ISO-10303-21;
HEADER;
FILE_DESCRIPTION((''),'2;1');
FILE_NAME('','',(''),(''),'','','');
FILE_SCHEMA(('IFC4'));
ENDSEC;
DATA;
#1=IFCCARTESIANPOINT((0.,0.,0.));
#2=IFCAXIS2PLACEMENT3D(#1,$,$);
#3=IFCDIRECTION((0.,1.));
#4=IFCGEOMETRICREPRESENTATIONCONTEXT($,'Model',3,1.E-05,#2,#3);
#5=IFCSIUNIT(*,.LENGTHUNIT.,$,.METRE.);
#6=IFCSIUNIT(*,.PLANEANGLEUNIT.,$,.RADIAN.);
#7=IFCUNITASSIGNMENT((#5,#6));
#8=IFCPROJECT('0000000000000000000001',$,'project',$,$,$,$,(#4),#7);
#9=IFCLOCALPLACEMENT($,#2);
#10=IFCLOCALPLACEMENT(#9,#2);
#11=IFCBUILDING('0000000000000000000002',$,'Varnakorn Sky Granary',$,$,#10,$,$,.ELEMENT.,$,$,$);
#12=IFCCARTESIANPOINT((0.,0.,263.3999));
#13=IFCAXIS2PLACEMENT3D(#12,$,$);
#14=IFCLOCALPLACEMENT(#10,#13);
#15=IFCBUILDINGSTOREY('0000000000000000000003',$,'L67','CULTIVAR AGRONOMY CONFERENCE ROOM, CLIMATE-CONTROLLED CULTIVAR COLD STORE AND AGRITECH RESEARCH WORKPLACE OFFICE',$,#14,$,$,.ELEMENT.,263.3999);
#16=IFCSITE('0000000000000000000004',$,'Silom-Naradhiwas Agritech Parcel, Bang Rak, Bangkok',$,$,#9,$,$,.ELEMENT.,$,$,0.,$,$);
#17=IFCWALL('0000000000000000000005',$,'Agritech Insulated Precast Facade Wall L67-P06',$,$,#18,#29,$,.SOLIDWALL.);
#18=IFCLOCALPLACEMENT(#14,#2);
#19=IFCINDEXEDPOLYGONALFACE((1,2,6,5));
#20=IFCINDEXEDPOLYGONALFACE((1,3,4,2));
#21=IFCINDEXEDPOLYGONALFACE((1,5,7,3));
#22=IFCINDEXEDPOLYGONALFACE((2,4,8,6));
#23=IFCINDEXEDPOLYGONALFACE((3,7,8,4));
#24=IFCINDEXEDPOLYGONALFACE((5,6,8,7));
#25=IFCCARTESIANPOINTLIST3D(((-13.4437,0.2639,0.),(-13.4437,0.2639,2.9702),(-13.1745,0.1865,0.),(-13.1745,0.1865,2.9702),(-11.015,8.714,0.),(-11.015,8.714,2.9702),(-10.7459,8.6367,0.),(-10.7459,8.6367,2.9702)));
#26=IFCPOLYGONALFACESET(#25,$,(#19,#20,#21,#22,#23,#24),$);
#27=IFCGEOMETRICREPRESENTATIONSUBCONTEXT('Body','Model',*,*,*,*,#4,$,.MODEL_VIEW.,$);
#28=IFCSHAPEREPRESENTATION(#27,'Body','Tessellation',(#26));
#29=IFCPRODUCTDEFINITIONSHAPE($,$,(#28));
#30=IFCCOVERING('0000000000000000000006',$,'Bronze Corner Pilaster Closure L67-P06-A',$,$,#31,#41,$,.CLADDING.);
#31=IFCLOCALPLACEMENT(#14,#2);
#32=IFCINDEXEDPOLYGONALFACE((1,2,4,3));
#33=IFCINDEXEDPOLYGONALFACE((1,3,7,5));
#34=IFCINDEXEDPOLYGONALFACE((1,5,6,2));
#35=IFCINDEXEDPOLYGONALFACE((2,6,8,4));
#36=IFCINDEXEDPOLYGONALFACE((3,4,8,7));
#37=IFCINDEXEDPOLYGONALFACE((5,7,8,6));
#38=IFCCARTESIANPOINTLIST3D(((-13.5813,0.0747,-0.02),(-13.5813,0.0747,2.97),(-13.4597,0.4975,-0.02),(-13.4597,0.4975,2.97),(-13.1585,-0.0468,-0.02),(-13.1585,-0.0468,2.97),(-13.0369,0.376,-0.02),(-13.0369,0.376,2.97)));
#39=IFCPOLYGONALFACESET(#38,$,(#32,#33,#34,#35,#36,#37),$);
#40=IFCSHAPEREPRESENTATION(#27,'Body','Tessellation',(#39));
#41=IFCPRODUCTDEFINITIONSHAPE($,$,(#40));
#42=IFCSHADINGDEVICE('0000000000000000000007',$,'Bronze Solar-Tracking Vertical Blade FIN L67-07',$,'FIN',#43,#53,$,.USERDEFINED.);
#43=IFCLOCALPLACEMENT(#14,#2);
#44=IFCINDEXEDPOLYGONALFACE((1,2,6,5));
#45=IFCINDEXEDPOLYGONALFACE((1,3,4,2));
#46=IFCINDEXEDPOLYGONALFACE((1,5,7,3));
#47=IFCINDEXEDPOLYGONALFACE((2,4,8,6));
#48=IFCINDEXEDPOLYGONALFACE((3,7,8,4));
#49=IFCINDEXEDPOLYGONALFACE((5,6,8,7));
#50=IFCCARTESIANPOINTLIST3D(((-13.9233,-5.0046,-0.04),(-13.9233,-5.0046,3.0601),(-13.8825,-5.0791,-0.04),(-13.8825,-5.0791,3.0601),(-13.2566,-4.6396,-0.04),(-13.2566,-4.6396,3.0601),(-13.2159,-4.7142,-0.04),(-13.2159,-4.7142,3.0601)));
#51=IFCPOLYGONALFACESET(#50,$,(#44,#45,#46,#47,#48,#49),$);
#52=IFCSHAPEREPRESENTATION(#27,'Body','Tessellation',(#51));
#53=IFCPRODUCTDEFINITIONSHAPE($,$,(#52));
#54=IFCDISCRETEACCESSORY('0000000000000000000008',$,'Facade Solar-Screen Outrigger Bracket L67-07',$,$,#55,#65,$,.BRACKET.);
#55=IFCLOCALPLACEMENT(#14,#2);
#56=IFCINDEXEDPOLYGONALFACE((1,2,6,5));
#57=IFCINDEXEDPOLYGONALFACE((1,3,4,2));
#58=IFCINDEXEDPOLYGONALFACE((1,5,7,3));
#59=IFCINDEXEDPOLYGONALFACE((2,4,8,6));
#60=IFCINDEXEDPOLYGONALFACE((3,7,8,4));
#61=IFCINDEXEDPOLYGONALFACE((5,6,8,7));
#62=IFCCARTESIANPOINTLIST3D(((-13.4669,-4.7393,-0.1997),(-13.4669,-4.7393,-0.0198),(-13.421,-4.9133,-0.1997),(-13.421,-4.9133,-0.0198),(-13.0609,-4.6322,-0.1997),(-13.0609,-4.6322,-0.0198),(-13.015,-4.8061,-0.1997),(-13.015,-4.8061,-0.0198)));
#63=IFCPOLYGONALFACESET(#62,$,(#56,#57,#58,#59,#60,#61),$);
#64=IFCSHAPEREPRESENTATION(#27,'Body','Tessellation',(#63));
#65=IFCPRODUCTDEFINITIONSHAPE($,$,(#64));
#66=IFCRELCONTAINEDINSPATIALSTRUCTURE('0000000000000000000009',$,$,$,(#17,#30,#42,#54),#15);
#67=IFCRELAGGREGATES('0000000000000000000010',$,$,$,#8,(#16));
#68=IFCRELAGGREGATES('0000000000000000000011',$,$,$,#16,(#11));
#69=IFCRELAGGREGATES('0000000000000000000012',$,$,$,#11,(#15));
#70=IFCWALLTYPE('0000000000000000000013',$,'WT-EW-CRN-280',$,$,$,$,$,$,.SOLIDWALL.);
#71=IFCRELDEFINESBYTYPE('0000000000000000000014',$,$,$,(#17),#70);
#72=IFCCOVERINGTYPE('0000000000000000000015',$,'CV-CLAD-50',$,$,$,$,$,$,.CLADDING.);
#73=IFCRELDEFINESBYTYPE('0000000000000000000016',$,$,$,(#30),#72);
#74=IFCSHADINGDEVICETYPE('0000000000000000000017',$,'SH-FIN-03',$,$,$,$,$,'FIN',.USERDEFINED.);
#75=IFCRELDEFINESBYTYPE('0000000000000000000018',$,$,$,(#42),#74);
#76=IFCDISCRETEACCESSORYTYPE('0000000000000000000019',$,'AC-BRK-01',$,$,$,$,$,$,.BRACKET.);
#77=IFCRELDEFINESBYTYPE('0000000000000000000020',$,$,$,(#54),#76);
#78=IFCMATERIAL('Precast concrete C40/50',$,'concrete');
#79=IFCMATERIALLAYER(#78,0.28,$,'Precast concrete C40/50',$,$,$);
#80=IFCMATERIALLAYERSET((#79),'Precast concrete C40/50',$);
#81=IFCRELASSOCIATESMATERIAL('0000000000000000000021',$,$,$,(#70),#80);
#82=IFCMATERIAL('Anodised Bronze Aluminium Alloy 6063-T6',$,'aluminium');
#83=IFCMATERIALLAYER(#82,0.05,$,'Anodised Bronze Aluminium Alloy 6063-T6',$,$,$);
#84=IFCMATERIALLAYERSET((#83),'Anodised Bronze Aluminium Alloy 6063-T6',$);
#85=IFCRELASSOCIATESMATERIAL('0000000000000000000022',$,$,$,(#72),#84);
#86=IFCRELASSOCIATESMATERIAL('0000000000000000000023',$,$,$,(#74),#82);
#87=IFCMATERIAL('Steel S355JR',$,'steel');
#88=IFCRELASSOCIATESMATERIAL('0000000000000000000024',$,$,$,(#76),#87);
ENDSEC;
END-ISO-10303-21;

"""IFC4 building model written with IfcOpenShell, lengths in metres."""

from ifc_helpers import new_model, si_unit, direction, frame, frame_2d, origin, origin_2d, place, context, subcontext, project, spatial, rectangle, extrude, source, transform, mapped, material, layer, layer_set, type_object, type_shapes, element, save


model = new_model("IFC4")

# Units and contexts
model_context = context("Model", 3, precision=1e-05, world=origin(), true_north=direction((0.0, 1.0)))
body_context = subcontext(model_context, "Body", "Model", "MODEL_VIEW")
ifc_project = project(units=[si_unit("LENGTHUNIT", "METRE"), si_unit("PLANEANGLEUNIT", "RADIAN")], contexts=[model_context])

# Site, building, storey
site_placement = place(None, origin())
site = spatial("IfcSite", under=ifc_project, at=site_placement, Name="Silom-Naradhiwas Agritech Parcel, Bang Rak, Bangkok", CompositionType="ELEMENT", RefElevation=0.0)
building_placement = place(site_placement, origin())
building = spatial("IfcBuilding", under=site, at=building_placement, Name="Varnakorn Sky Granary", CompositionType="ELEMENT")
storey_placement = place(building_placement, frame((0.0, 0.0, 263.3999)))
storey = spatial("IfcBuildingStorey", under=building, at=storey_placement, Name="L67", Description="CULTIVAR AGRONOMY CONFERENCE ROOM, CLIMATE-CONTROLLED CULTIVAR COLD STORE AND AGRITECH RESEARCH WORKPLACE OFFICE", CompositionType="ELEMENT", Elevation=263.3999)

# Shared definitions
ifc_material_1 = material(Name="Steel S355JR", Category="steel")

# Shared definitions
ifc_material_2 = material(Name="Anodised Bronze Aluminium Alloy 6063-T6", Category="aluminium")

# Wall
ifc_material_3 = material(Name="Precast concrete C40/50", Category="concrete")
ifc_layer_1 = layer(ifc_material_3, 0.28, Name="Precast concrete C40/50")
ifc_layer_set_1 = layer_set([ifc_layer_1], Name="Precast concrete C40/50")
wall_type = type_object("IfcWallType", Name="WT-EW-CRN-280", PredefinedType="SOLIDWALL", material=ifc_layer_set_1)
wall_placement = place(storey_placement, frame((-13.3091, 0.2253, 0.0), z_axis=(0.0, 0.0, 1.0), x_axis=(0.276232, 0.961091, 0.0)))
element("IfcWall", 1, at=wall_placement, inside=storey, type_object=wall_type, Name="Agritech Insulated Precast Facade Wall L67-P06", PredefinedType="SOLIDWALL", context=body_context, shape_type="SweptSolid", body=[
    extrude(rectangle(XDim=8.7922, YDim=0.28, at=frame_2d((4.396, 0.0))), origin(), (0.0, 0.0, 1.0), 2.9702),
])

# Covering
ifc_layer_2 = layer(ifc_material_2, 0.05, Name="Anodised Bronze Aluminium Alloy 6063-T6")
ifc_layer_set_2 = layer_set([ifc_layer_2], Name="Anodised Bronze Aluminium Alloy 6063-T6")
covering_type = type_object("IfcCoveringType", Name="CV-CLAD-50", PredefinedType="CLADDING", material=ifc_layer_set_2)
shared_shape_1 = source(origin(), body_context, "Body", "SweptSolid", [
    extrude(rectangle(XDim=0.4399, YDim=0.4399, at=origin_2d()), origin(), (0.0, 0.0, 1.0), 2.99),
])
type_shapes(covering_type, [shared_shape_1])
covering_placement = place(storey_placement, frame((-13.3091, 0.2253, -0.02), z_axis=(0.0, 0.0, 1.0), x_axis=(0.276308, 0.961069, 0.0)))
element("IfcCovering", 2, at=covering_placement, inside=storey, type_object=covering_type, Name="Bronze Corner Pilaster Closure L67-P06-A", PredefinedType="CLADDING", context=body_context, shape_type="MappedRepresentation", body=[
    mapped(shared_shape_1, transform((0.0, 0.0, 0.0), x_axis=(1.0, 0.0, 0.0), y_axis=(0.0, 1.0, 0.0), z_axis=(0.0, 0.0, 1.0), scale=1.0)),
])

# Shading device
shading_device_type = type_object("IfcShadingDeviceType", Name="SH-FIN-03", ElementType="FIN", PredefinedType="USERDEFINED", material=ifc_material_2)
shared_shape_2 = source(origin(), body_context, "Body", "SweptSolid", [
    extrude(rectangle(XDim=0.085, YDim=0.76, at=origin_2d()), origin(), (0.0, 0.0, 1.0), 3.1001),
])
type_shapes(shading_device_type, [shared_shape_2])
shading_device_placement = place(storey_placement, frame((-13.5696, -4.8594, -0.04), z_axis=(0.0, 0.0, 1.0), x_axis=(0.480172, -0.877174, 0.0)))
element("IfcShadingDevice", 3, at=shading_device_placement, inside=storey, type_object=shading_device_type, Name="Bronze Solar-Tracking Vertical Blade FIN L67-07", ObjectType="FIN", PredefinedType="USERDEFINED", context=body_context, shape_type="MappedRepresentation", body=[
    mapped(shared_shape_2, transform((0.0, 0.0, 0.0), x_axis=(1.0, 0.0, 0.0), y_axis=(0.0, 1.0, 0.0), z_axis=(0.0, 0.0, 1.0), scale=1.0)),
])

# Discrete accessory
discrete_accessory_type = type_object("IfcDiscreteAccessoryType", Name="AC-BRK-01", PredefinedType="BRACKET", material=ifc_material_1)
shared_shape_3 = source(origin(), body_context, "Body", "SweptSolid", [
    extrude(rectangle(XDim=0.1799, YDim=0.4199, at=origin_2d()), origin(), (0.0, 0.0, 1.0), 0.1799),
])
type_shapes(discrete_accessory_type, [shared_shape_3])
discrete_accessory_placement = place(storey_placement, frame((-13.241, -4.7727, -0.1997), z_axis=(0.0, 0.0, 1.0), x_axis=(0.25509, -0.966917, 0.0)))
element("IfcDiscreteAccessory", 4, at=discrete_accessory_placement, inside=storey, type_object=discrete_accessory_type, Name="Facade Solar-Screen Outrigger Bracket L67-07", PredefinedType="BRACKET", context=body_context, shape_type="MappedRepresentation", body=[
    mapped(shared_shape_3, transform((0.0, 0.0, 0.0), x_axis=(1.0, 0.0, 0.0), y_axis=(0.0, 1.0, 0.0), z_axis=(0.0, 0.0, 1.0), scale=1.0)),
])

save(model, "model.ifc")
